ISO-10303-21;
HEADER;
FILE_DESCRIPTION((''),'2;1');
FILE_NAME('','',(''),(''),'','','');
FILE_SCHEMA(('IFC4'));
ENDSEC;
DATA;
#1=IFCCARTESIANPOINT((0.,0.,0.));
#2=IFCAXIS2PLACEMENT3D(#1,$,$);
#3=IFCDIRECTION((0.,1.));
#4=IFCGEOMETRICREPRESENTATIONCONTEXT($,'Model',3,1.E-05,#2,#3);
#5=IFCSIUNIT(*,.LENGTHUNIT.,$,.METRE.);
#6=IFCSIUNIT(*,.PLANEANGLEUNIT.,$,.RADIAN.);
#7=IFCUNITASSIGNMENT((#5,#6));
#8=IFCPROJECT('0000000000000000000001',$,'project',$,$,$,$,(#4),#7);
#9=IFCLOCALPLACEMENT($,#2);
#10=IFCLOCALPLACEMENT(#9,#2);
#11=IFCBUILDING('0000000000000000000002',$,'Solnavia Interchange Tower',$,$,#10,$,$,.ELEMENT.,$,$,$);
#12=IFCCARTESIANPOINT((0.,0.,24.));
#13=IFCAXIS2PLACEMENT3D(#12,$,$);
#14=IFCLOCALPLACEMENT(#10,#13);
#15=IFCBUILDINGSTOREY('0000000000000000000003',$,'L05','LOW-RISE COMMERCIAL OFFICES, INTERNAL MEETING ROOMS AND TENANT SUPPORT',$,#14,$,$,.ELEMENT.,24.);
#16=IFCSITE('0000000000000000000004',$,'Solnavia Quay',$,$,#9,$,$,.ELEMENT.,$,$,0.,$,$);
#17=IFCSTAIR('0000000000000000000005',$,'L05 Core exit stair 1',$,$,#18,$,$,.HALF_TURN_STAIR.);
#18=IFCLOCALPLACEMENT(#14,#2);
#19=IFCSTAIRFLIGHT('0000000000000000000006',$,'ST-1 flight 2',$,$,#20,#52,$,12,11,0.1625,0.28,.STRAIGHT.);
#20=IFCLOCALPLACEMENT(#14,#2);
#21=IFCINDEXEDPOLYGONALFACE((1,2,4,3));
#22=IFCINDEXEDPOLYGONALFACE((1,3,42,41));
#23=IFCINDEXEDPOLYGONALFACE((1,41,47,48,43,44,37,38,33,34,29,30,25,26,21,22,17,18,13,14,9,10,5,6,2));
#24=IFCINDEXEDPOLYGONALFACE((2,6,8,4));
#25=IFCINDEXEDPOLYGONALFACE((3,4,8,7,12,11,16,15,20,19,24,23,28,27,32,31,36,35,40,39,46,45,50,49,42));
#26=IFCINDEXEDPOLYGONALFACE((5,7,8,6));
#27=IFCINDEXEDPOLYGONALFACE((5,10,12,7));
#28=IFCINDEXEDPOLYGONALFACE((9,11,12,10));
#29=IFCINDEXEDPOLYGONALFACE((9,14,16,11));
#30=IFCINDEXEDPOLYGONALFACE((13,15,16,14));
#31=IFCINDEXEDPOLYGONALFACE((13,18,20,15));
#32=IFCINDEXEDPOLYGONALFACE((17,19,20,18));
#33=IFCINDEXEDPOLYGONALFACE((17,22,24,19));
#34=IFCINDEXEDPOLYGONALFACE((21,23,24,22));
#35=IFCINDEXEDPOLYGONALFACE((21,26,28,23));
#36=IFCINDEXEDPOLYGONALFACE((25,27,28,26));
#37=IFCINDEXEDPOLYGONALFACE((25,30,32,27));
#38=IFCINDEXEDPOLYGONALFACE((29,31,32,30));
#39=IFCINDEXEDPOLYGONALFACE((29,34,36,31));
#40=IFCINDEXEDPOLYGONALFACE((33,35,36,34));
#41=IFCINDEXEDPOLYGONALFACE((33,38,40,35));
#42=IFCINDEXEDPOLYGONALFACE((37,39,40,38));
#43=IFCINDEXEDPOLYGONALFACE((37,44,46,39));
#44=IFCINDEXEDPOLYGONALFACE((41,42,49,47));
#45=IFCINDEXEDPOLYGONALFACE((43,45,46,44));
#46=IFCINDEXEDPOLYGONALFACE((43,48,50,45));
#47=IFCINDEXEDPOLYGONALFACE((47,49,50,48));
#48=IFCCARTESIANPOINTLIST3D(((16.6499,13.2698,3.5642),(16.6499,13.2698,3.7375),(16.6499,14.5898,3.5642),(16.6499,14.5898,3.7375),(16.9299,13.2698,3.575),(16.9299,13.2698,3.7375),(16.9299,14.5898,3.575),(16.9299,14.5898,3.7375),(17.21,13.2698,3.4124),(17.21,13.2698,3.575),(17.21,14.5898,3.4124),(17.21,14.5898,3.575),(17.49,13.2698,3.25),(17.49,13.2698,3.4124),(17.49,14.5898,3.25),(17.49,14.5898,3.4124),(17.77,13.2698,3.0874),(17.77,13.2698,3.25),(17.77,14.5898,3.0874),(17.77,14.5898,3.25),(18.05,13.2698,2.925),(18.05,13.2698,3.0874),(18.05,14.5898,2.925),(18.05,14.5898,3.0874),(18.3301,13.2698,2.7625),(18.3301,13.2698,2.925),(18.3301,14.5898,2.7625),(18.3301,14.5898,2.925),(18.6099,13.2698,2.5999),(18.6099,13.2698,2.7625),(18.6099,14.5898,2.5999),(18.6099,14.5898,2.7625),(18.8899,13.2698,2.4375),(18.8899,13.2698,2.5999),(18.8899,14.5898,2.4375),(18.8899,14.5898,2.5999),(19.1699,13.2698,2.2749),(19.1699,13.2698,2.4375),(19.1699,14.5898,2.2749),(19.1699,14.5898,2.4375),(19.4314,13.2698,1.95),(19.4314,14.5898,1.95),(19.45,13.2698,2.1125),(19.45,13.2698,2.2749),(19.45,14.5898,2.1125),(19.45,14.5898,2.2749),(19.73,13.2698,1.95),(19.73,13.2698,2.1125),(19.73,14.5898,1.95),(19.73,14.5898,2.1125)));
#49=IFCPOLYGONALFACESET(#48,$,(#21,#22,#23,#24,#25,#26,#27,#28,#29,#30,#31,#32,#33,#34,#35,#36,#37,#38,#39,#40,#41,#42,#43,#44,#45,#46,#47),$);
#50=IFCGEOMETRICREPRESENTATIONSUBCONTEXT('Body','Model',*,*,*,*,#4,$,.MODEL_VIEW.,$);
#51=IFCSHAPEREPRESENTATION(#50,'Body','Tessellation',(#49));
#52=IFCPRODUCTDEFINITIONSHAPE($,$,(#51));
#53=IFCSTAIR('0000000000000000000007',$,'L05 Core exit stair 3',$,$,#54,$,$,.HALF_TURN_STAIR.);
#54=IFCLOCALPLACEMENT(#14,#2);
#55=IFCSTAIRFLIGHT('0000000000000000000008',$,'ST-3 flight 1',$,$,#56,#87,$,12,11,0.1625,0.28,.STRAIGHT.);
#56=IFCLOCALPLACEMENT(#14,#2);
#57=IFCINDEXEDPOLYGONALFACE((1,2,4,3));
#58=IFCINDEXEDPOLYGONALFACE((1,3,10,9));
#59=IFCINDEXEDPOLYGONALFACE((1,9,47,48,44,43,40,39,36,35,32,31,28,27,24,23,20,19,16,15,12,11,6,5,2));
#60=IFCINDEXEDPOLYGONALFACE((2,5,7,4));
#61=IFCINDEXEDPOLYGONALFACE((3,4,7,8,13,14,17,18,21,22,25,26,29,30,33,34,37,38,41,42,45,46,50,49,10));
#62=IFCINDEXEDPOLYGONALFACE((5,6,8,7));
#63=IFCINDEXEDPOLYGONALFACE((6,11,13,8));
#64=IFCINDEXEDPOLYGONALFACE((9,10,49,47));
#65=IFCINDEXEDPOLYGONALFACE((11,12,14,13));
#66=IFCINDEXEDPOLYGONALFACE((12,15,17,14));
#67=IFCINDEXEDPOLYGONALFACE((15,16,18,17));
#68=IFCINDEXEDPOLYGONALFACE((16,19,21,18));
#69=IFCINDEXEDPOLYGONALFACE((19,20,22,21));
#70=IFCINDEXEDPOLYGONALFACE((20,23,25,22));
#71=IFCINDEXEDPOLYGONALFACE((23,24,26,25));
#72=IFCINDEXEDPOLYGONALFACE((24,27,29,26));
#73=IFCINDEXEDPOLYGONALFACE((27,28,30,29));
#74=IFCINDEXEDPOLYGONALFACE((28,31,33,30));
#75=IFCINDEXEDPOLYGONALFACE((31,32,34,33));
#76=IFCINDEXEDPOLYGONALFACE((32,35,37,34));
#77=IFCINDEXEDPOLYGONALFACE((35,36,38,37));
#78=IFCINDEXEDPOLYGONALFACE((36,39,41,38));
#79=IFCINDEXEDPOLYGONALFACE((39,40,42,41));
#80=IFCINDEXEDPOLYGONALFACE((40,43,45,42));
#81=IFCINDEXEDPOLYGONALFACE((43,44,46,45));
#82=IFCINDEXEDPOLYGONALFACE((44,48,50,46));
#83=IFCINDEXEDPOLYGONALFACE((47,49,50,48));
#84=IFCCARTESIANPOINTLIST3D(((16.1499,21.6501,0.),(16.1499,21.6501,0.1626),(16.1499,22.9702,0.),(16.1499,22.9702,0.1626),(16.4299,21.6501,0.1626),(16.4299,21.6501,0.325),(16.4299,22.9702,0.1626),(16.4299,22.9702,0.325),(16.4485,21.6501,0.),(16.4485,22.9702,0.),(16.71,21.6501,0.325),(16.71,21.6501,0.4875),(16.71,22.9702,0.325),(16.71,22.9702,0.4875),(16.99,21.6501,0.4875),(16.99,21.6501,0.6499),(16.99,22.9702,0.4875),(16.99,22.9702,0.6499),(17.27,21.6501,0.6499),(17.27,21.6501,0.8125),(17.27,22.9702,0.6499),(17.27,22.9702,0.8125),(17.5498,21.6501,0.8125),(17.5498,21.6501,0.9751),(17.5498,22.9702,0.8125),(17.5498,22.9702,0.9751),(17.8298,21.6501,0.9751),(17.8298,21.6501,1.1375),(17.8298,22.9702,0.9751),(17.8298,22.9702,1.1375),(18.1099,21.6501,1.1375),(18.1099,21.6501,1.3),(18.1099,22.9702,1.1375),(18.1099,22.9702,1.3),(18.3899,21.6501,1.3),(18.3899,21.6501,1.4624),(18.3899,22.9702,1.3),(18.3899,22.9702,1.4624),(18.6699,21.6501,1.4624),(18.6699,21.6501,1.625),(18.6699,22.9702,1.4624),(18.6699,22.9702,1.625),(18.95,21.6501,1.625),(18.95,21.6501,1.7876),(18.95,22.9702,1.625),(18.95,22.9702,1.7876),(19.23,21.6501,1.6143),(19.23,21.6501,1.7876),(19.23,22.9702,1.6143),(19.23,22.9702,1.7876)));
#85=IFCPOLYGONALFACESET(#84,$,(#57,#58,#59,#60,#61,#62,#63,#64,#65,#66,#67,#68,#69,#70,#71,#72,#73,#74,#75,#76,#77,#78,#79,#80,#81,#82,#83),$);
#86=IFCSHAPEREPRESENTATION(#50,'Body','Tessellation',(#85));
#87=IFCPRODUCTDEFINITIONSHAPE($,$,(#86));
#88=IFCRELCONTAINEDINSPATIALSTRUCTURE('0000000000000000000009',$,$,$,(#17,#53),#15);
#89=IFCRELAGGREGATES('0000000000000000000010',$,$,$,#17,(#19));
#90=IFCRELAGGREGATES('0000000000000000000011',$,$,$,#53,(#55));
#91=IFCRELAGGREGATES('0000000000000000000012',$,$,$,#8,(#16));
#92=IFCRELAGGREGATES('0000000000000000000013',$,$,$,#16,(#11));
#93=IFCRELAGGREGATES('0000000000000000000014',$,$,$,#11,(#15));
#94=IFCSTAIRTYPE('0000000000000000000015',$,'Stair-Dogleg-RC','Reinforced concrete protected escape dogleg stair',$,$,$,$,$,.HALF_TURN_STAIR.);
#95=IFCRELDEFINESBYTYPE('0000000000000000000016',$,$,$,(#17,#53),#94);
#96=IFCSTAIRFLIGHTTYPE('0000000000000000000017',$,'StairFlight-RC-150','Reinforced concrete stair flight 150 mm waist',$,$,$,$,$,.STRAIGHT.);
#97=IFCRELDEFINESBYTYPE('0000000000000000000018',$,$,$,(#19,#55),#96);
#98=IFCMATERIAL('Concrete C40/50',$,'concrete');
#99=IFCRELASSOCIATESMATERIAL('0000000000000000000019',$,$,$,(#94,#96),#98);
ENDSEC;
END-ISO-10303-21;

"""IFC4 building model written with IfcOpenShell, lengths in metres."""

from ifc_helpers import new_model, si_unit, direction, frame, origin, place, context, subcontext, project, spatial, polyline, outline, extrude, material, type_object, element, aggregate, save


model = new_model("IFC4")

# Units and contexts
model_context = context("Model", 3, precision=1e-05, world=origin(), true_north=direction((0.0, 1.0)))
body_context = subcontext(model_context, "Body", "Model", "MODEL_VIEW")
ifc_project = project(units=[si_unit("LENGTHUNIT", "METRE"), si_unit("PLANEANGLEUNIT", "RADIAN")], contexts=[model_context])

# Site, building, storey
site_placement = place(None, origin())
site = spatial("IfcSite", under=ifc_project, at=site_placement, Name="Solnavia Quay", CompositionType="ELEMENT", RefElevation=0.0)
building_placement = place(site_placement, origin())
building = spatial("IfcBuilding", under=site, at=building_placement, Name="Solnavia Interchange Tower", CompositionType="ELEMENT")
storey_placement = place(building_placement, frame((0.0, 0.0, 24.0)))
storey = spatial("IfcBuildingStorey", under=building, at=storey_placement, Name="L05", Description="LOW-RISE COMMERCIAL OFFICES, INTERNAL MEETING ROOMS AND TENANT SUPPORT", CompositionType="ELEMENT", Elevation=24.0)

# Shared definitions
ifc_material_1 = material(Name="Concrete C40/50", Category="concrete")

# Stair, stair flight
stair_type = type_object("IfcStairType", Name="Stair-Dogleg-RC", Description="Reinforced concrete protected escape dogleg stair", PredefinedType="HALF_TURN_STAIR", material=ifc_material_1)
stair_1_placement = place(storey_placement, origin())
stair_1 = element("IfcStair", 1, at=stair_1_placement, inside=storey, type_object=stair_type, Name="L05 Core exit stair 1", PredefinedType="HALF_TURN_STAIR")
stair_flight_type = type_object("IfcStairFlightType", Name="StairFlight-RC-150", Description="Reinforced concrete stair flight 150 mm waist", PredefinedType="STRAIGHT", material=ifc_material_1)
stair_flight_1_placement = place(storey_placement, frame((19.73, 13.9299, 1.95), z_axis=(0.0, 0.0, 1.0), x_axis=(-1.0, 0.0, 0.0)))
stair_flight_1 = element("IfcStairFlight", 2, at=stair_flight_1_placement, type_object=stair_flight_type, Name="ST-1 flight 2", NumberOfRisers=12, NumberOfTreads=11, PredefinedType="STRAIGHT", RiserHeight=0.1625, TreadLength=0.28, context=body_context, shape_type="SweptSolid", body=[
    extrude(outline(polyline([(0.0, 0.0), (0.0, 0.1626), (0.28, 0.1626), (0.28, 0.325), (0.5601, 0.325), (0.5601, 0.4875), (0.8401, 0.4875), (0.8401, 0.6499), (1.1201, 0.6499), (1.1201, 0.8125), (1.3999, 0.8125), (1.3999, 0.9751), (1.6799, 0.9751), (1.6799, 1.1375), (1.96, 1.1375), (1.96, 1.3), (2.24, 1.3), (2.24, 1.4624), (2.52, 1.4624), (2.52, 1.625), (2.8, 1.625), (2.8, 1.7876), (3.0801, 1.7876), (3.0801, 1.95), (3.0801, 1.6143), (0.2986, 0.0), (0.0, 0.0)])), frame((0.0, 0.6602, 0.0), z_axis=(0.0, -1.0, 0.0), x_axis=(1.0, 0.0, 0.0)), (0.0, 0.0, 1.0), 1.3201),
])
aggregate(stair_1, [stair_flight_1])

# Stair, stair flight
stair_2_placement = place(storey_placement, origin())
stair_2 = element("IfcStair", 3, at=stair_2_placement, inside=storey, type_object=stair_type, Name="L05 Core exit stair 3", PredefinedType="HALF_TURN_STAIR")
stair_flight_2_placement = place(storey_placement, frame((16.1499, 22.3101, 0.0), z_axis=(0.0, 0.0, 1.0), x_axis=(1.0, 0.0, 0.0)))
stair_flight_2 = element("IfcStairFlight", 4, at=stair_flight_2_placement, type_object=stair_flight_type, Name="ST-3 flight 1", NumberOfRisers=12, NumberOfTreads=11, PredefinedType="STRAIGHT", RiserHeight=0.1625, TreadLength=0.28, context=body_context, shape_type="SweptSolid", body=[
    extrude(outline(polyline([(0.0, 0.0), (0.0, 0.1626), (0.28, 0.1626), (0.28, 0.325), (0.5601, 0.325), (0.5601, 0.4875), (0.8401, 0.4875), (0.8401, 0.6499), (1.1201, 0.6499), (1.1201, 0.8125), (1.3999, 0.8125), (1.3999, 0.9751), (1.6799, 0.9751), (1.6799, 1.1375), (1.96, 1.1375), (1.96, 1.3), (2.24, 1.3), (2.24, 1.4624), (2.52, 1.4624), (2.52, 1.625), (2.8, 1.625), (2.8, 1.7876), (3.0801, 1.7876), (3.0801, 1.95), (3.0801, 1.6143), (0.2986, 0.0), (0.0, 0.0)])), frame((0.0, 0.6602, 0.0), z_axis=(0.0, -1.0, 0.0), x_axis=(1.0, 0.0, 0.0)), (0.0, 0.0, 1.0), 1.3201),
])
aggregate(stair_2, [stair_flight_2])

save(model, "model.ifc")
